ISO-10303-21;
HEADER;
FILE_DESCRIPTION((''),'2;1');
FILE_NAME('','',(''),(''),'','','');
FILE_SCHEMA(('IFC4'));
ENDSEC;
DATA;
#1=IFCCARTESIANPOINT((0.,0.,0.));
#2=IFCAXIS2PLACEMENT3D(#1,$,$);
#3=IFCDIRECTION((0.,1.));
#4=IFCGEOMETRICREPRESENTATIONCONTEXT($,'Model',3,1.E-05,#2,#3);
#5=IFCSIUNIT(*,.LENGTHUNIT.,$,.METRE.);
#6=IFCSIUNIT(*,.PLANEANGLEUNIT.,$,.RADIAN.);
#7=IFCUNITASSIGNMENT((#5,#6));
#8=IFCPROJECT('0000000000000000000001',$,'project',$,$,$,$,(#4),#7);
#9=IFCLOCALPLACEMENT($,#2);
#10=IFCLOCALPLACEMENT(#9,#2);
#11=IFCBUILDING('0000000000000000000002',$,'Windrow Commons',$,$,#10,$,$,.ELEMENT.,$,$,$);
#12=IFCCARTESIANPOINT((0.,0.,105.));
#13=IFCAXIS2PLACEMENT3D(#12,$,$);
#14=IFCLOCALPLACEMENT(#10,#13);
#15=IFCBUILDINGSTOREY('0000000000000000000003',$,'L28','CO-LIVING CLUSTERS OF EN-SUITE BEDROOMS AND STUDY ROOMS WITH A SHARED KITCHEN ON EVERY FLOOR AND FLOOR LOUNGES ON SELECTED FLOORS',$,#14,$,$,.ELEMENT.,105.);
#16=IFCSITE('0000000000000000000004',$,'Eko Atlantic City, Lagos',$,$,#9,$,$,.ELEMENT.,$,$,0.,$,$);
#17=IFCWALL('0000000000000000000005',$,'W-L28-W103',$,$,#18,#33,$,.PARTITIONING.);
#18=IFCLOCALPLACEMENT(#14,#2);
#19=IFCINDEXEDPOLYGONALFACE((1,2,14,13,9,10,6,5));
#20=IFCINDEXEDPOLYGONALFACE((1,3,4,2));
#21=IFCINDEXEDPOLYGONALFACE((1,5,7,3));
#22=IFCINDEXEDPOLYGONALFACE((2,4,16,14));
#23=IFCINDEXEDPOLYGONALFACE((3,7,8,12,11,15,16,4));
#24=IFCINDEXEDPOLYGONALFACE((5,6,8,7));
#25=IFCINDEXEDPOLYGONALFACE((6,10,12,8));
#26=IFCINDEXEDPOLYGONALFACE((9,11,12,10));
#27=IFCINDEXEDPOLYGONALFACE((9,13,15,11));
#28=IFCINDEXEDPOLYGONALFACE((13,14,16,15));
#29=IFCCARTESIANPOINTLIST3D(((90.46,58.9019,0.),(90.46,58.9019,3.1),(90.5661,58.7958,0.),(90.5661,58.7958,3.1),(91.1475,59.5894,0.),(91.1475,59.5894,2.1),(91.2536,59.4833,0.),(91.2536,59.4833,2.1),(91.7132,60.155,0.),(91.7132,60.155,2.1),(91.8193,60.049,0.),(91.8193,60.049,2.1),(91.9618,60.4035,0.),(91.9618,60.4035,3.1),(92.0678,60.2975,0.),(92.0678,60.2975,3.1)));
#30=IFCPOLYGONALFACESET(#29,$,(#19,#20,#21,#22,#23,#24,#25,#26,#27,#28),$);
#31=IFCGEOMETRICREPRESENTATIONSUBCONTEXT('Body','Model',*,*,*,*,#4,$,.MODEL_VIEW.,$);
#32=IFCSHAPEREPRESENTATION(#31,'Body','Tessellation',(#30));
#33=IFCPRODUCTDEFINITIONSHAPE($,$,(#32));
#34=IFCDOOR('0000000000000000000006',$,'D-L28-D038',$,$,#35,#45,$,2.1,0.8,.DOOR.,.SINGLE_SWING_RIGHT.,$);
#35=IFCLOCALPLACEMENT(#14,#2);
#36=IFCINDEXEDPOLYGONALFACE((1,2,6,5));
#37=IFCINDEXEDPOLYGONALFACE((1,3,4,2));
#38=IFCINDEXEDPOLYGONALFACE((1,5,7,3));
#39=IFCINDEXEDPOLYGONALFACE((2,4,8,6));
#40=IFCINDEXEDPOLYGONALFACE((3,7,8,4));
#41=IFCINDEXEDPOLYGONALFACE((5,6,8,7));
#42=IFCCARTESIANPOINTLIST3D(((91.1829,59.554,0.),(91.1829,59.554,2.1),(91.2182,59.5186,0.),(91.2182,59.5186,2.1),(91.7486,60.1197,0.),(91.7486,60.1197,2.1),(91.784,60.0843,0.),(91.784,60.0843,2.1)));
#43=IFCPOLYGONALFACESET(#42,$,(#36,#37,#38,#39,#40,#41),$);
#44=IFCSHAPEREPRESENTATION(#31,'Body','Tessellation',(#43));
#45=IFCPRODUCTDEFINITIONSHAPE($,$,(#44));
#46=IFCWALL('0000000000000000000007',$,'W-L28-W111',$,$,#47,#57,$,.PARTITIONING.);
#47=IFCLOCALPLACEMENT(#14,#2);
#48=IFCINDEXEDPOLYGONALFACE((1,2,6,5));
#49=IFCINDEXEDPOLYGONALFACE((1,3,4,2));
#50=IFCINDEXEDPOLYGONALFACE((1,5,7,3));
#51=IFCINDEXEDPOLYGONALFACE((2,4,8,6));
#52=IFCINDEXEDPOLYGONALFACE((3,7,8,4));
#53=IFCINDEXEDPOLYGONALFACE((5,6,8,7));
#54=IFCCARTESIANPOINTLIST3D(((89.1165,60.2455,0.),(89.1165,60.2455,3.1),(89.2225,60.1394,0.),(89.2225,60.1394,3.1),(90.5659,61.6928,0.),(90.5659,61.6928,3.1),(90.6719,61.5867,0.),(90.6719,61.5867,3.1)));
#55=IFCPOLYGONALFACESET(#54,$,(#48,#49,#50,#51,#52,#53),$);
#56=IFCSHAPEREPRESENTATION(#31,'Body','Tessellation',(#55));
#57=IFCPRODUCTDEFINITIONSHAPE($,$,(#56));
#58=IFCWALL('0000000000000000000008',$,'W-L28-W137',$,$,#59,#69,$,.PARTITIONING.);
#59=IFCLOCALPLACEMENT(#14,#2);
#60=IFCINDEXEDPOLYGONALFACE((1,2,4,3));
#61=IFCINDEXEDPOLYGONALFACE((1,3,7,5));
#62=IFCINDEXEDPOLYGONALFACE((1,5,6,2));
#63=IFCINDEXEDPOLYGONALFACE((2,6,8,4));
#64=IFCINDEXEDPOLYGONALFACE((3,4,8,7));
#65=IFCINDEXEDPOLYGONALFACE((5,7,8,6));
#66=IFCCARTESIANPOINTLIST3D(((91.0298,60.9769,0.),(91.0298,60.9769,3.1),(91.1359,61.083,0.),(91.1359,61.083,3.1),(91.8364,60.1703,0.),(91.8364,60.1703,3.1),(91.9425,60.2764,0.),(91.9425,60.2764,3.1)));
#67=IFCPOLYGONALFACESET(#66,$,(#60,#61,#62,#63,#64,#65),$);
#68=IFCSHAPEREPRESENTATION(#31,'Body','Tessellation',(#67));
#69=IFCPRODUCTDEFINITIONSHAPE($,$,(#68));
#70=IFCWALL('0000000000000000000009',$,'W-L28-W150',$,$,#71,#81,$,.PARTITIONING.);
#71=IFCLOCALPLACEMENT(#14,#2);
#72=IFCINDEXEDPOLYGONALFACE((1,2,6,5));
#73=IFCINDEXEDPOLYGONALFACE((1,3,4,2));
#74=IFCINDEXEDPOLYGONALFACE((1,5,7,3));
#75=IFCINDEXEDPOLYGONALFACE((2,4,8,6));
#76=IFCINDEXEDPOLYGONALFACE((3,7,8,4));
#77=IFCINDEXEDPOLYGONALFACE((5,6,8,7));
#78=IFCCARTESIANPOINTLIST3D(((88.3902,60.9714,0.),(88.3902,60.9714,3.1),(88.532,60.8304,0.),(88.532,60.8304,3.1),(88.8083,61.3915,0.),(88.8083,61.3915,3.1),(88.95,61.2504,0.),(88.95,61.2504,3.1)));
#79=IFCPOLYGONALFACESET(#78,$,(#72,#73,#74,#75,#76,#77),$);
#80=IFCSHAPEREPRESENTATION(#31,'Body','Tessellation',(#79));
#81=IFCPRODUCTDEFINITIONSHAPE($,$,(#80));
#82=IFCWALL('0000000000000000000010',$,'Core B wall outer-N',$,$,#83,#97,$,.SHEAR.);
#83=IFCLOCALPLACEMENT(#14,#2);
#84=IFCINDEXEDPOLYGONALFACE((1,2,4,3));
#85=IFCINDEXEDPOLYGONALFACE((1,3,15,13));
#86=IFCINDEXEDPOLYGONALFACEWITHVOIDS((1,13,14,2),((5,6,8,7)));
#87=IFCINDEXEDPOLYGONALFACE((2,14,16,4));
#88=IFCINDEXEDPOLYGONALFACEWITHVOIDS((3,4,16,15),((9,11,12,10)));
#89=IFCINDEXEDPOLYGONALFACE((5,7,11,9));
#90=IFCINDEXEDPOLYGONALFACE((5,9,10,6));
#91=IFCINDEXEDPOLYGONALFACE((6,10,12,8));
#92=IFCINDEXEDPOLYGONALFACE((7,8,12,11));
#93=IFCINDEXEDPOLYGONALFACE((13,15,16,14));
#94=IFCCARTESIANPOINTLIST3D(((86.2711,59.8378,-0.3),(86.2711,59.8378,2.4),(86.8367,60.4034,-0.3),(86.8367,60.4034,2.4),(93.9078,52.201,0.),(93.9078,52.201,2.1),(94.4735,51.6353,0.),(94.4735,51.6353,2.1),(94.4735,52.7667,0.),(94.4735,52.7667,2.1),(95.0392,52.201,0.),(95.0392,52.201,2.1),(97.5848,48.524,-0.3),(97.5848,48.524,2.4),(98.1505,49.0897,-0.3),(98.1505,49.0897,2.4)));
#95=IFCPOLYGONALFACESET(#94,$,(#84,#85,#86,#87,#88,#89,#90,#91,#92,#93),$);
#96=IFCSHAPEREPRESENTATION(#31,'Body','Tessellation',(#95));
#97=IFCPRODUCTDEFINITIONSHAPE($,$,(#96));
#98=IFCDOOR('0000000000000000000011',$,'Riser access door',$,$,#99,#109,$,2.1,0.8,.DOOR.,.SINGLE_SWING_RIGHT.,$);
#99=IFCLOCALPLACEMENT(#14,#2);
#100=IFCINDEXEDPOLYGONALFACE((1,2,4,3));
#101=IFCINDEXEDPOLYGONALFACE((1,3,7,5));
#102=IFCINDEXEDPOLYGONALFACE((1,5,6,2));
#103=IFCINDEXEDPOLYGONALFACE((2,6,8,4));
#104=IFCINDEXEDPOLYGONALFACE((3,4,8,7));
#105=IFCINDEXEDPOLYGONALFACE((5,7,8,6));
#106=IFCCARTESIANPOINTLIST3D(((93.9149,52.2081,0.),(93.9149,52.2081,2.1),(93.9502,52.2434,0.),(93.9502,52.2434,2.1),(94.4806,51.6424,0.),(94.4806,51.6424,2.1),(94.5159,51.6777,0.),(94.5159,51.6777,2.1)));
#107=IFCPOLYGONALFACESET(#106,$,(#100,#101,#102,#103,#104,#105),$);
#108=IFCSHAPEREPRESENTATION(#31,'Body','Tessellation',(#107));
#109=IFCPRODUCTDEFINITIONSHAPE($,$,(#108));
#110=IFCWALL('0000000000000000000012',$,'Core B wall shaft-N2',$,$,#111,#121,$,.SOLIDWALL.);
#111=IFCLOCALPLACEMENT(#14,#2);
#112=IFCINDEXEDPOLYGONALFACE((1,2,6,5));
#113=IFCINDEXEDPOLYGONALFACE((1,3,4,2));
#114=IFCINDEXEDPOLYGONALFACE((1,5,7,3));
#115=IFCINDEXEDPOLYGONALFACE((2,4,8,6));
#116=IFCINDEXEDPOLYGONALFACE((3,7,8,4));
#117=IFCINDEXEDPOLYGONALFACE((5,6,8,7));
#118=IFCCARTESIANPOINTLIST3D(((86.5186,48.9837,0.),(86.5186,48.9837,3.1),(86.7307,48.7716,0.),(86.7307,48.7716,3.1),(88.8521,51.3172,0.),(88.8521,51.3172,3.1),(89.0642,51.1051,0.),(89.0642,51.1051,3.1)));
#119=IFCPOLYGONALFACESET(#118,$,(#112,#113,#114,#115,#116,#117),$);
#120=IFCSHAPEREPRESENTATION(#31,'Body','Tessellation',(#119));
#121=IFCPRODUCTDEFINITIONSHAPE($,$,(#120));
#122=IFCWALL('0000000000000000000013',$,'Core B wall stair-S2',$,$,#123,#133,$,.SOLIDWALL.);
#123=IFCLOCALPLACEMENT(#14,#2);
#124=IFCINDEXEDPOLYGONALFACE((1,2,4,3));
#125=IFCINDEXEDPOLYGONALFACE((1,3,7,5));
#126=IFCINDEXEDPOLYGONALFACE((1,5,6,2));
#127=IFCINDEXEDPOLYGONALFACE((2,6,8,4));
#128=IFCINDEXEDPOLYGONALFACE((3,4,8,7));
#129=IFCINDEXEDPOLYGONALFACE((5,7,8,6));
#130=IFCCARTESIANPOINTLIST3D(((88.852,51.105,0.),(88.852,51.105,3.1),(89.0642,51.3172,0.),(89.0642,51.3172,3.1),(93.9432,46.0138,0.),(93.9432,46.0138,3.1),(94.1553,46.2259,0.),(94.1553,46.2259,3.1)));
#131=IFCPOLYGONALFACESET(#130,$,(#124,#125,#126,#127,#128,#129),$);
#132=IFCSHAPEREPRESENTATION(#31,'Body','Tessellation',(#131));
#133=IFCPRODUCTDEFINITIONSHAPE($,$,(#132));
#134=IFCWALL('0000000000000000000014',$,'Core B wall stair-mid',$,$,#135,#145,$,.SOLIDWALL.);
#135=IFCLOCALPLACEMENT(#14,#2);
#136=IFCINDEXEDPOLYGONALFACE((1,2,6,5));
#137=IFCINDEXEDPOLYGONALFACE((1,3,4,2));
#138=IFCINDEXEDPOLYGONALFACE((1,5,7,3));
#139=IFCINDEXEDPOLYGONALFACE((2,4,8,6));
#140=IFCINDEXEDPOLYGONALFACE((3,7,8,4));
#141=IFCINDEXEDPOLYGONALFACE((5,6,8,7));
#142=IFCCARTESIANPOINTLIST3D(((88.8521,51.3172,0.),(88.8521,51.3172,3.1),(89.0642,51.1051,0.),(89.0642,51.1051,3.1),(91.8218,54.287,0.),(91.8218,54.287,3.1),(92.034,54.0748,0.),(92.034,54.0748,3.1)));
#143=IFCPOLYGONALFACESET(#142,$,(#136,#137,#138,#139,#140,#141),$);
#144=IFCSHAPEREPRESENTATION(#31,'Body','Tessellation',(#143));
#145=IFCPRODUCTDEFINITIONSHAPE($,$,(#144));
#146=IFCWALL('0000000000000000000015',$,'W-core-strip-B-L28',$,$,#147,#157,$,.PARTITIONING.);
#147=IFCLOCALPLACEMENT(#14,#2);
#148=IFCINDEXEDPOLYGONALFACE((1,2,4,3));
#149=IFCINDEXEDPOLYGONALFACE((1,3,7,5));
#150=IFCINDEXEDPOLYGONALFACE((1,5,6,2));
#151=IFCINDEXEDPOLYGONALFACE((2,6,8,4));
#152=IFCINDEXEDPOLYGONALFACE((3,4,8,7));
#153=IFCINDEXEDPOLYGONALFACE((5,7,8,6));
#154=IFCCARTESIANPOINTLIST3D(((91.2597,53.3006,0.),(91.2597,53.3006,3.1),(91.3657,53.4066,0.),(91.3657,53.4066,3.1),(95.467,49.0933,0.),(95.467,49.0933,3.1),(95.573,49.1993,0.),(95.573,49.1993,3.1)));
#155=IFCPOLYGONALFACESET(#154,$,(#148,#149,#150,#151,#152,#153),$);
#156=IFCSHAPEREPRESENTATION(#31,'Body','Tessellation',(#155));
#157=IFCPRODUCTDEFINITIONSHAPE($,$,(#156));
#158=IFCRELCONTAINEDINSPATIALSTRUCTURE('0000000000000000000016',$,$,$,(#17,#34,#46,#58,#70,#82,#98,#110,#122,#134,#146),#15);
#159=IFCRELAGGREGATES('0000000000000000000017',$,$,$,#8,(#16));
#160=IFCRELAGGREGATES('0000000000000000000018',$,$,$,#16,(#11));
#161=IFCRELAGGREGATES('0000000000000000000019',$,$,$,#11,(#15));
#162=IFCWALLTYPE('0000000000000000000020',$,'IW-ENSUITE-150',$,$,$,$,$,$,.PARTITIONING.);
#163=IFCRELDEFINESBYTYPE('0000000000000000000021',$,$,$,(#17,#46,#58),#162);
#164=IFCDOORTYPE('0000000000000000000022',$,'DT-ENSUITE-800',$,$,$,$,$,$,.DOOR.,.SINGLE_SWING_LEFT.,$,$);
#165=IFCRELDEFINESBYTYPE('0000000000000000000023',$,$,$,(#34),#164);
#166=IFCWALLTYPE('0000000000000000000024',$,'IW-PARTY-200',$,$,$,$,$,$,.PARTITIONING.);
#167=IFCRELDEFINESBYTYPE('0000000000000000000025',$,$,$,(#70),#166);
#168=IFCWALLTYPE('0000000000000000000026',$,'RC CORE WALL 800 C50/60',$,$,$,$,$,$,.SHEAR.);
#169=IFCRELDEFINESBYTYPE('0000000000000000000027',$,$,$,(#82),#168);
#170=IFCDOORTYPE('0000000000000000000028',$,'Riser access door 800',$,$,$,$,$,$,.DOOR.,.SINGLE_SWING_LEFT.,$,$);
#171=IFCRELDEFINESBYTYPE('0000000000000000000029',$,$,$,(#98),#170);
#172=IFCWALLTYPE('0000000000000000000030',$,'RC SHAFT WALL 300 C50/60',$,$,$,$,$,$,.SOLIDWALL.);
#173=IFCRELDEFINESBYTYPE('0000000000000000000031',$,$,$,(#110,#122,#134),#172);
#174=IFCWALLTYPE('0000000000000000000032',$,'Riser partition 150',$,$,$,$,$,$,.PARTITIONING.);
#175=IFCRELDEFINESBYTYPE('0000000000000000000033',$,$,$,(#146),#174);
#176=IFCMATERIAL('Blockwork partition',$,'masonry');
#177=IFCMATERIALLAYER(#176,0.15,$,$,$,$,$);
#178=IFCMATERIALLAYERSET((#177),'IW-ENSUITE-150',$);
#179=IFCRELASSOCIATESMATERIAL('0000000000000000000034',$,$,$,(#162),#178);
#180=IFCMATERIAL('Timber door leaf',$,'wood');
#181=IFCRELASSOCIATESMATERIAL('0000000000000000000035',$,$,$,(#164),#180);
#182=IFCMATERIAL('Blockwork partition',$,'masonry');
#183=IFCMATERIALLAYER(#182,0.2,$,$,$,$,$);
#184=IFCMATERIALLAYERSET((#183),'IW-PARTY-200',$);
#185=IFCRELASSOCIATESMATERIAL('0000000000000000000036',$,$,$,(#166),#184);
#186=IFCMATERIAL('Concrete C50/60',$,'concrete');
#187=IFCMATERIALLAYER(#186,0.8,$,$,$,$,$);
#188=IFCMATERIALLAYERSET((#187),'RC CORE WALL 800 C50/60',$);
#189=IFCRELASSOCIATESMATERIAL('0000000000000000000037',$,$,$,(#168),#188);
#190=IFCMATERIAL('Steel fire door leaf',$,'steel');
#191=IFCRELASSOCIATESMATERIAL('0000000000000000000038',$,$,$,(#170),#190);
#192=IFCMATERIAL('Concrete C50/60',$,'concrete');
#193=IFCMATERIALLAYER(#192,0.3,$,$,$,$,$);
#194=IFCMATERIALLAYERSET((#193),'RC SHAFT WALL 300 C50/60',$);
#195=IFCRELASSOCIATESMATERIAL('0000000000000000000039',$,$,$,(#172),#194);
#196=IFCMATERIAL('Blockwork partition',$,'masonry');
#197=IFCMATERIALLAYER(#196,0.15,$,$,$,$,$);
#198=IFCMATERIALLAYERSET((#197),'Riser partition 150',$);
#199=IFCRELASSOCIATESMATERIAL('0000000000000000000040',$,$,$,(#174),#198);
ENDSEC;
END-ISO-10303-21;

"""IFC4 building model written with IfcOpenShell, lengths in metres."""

from ifc_helpers import new_model, si_unit, direction, frame, frame_2d, origin, place, context, subcontext, project, spatial, rectangle, extrude, material, layer, layer_set, type_object, element, fill, save


model = new_model("IFC4")

# Units and contexts
model_context = context("Model", 3, precision=1e-05, world=origin(), true_north=direction((0.0, 1.0)))
body_context = subcontext(model_context, "Body", "Model", "MODEL_VIEW")
ifc_project = project(units=[si_unit("LENGTHUNIT", "METRE"), si_unit("PLANEANGLEUNIT", "RADIAN")], contexts=[model_context])

# Site, building, storey
site_placement = place(None, origin())
site = spatial("IfcSite", under=ifc_project, at=site_placement, Name="Eko Atlantic City, Lagos", CompositionType="ELEMENT", RefElevation=0.0)
building_placement = place(site_placement, origin())
building = spatial("IfcBuilding", under=site, at=building_placement, Name="Windrow Commons", CompositionType="ELEMENT")
storey_placement = place(building_placement, frame((0.0, 0.0, 105.0)))
storey = spatial("IfcBuildingStorey", under=building, at=storey_placement, Name="L28", Description="CO-LIVING CLUSTERS OF EN-SUITE BEDROOMS AND STUDY ROOMS WITH A SHARED KITCHEN ON EVERY FLOOR AND FLOOR LOUNGES ON SELECTED FLOORS", CompositionType="ELEMENT", Elevation=105.0)

# Wall, opening, door
ifc_material_1 = material(Name="Blockwork partition", Category="masonry")
ifc_layer_1 = layer(ifc_material_1, 0.15)
ifc_layer_set_1 = layer_set([ifc_layer_1], Name="IW-ENSUITE-150")
wall_type_1 = type_object("IfcWallType", Name="IW-ENSUITE-150", PredefinedType="PARTITIONING", material=ifc_layer_set_1)
wall_1_placement = place(storey_placement, frame((90.5131, 58.8489, 0.0), z_axis=(0.0, 0.0, 1.0), x_axis=(0.70713, 0.707083, 0.0)))
wall_1 = element("IfcWall", 1, at=wall_1_placement, inside=storey, type_object=wall_type_1, Name="W-L28-W103", PredefinedType="PARTITIONING", context=body_context, shape_type="SweptSolid", body=[
    extrude(rectangle(XDim=2.1237, YDim=0.15, at=frame_2d((1.0618, 0.0))), origin(), (0.0, 0.0, 1.0), 3.1),
])
opening_1_placement = place(wall_1_placement, frame((0.9722, 0.0, 0.0)))
opening_1 = element("IfcOpeningElement", 2, at=opening_1_placement, cuts=wall_1, PredefinedType="OPENING", context=body_context, shape_type="SweptSolid", body=[
    extrude(rectangle(XDim=0.8, YDim=2.1, at=frame_2d((0.4, 1.05))), frame((0.0, 0.085, 0.0), z_axis=(0.0, -1.0, 0.0), x_axis=(1.0, 0.0, 0.0)), (0.0, 0.0, 1.0), 0.17),
])
ifc_material_2 = material(Name="Timber door leaf", Category="wood")
door_type_1 = type_object("IfcDoorType", Name="DT-ENSUITE-800", OperationType="SINGLE_SWING_LEFT", PredefinedType="DOOR", material=ifc_material_2)
door_1_placement = place(opening_1_placement, origin())
door_1 = element("IfcDoor", 3, at=door_1_placement, inside=storey, type_object=door_type_1, Name="D-L28-D038", OperationType="SINGLE_SWING_RIGHT", OverallHeight=2.1, OverallWidth=0.8, PredefinedType="DOOR", context=body_context, shape_type="SweptSolid", body=[
    extrude(rectangle(XDim=0.8, YDim=2.1, at=frame_2d((0.4, 1.05))), frame((0.0, 0.025, 0.0), z_axis=(0.0, -1.0, 0.0), x_axis=(1.0, 0.0, 0.0)), (0.0, 0.0, 1.0), 0.05),
])
fill(opening_1, door_1)

# Walls
wall_2_placement = place(storey_placement, frame((89.1695, 60.1925, 0.0), z_axis=(0.0, 0.0, 1.0), x_axis=(0.707644, 0.70657, 0.0)))
element("IfcWall", 4, at=wall_2_placement, inside=storey, type_object=wall_type_1, Name="W-L28-W111", PredefinedType="PARTITIONING", context=body_context, shape_type="SweptSolid", body=[
    extrude(rectangle(XDim=2.0483, YDim=0.15, at=frame_2d((1.0241, 0.0))), origin(), (0.0, 0.0, 1.0), 3.1),
])
wall_3_placement = place(storey_placement, frame((91.0828, 61.03, 0.0), z_axis=(0.0, 0.0, 1.0), x_axis=(0.707107, -0.707107, 0.0)))
element("IfcWall", 5, at=wall_3_placement, inside=storey, type_object=wall_type_1, Name="W-L28-W137", PredefinedType="PARTITIONING", context=body_context, shape_type="SweptSolid", body=[
    extrude(rectangle(XDim=1.1407, YDim=0.15, at=frame_2d((0.5704, 0.0))), origin(), (0.0, 0.0, 1.0), 3.1),
])
ifc_material_3 = material(Name="Blockwork partition", Category="masonry")
ifc_layer_2 = layer(ifc_material_3, 0.2)
ifc_layer_set_2 = layer_set([ifc_layer_2], Name="IW-PARTY-200")
wall_type_2 = type_object("IfcWallType", Name="IW-PARTY-200", PredefinedType="PARTITIONING", material=ifc_layer_set_2)
wall_4_placement = place(storey_placement, frame((88.4611, 60.9009, 0.0), z_axis=(0.0, 0.0, 1.0), x_axis=(0.705417, 0.708792, 0.0)))
element("IfcWall", 6, at=wall_4_placement, inside=storey, type_object=wall_type_2, Name="W-L28-W150", PredefinedType="PARTITIONING", context=body_context, shape_type="SweptSolid", body=[
    extrude(rectangle(XDim=0.5926, YDim=0.2, at=frame_2d((0.2963, 0.0))), origin(), (0.0, 0.0, 1.0), 3.1),
])

# Wall, opening, door
ifc_material_4 = material(Name="Concrete C50/60", Category="concrete")
ifc_layer_3 = layer(ifc_material_4, 0.8)
ifc_layer_set_3 = layer_set([ifc_layer_3], Name="RC CORE WALL 800 C50/60")
wall_type_3 = type_object("IfcWallType", Name="RC CORE WALL 800 C50/60", PredefinedType="SHEAR", material=ifc_layer_set_3)
wall_5_placement = place(storey_placement, frame((86.5539, 60.1206, -0.3), z_axis=(0.0, 0.0, 1.0), x_axis=(0.707107, -0.707107, 0.0)))
wall_5 = element("IfcWall", 7, at=wall_5_placement, inside=storey, type_object=wall_type_3, Name="Core B wall outer-N", PredefinedType="SHEAR", context=body_context, shape_type="SweptSolid", body=[
    extrude(rectangle(XDim=16.0, YDim=0.8, at=frame_2d((8.0, 0.0))), origin(), (0.0, 0.0, 1.0), 2.7),
])
opening_2_placement = place(wall_5_placement, frame((10.8, 0.0, 0.3)))
opening_2 = element("IfcOpeningElement", 8, at=opening_2_placement, cuts=wall_5, PredefinedType="OPENING", context=body_context, shape_type="SweptSolid", body=[
    extrude(rectangle(XDim=0.8, YDim=2.1, at=frame_2d((0.4, 1.05))), frame((0.0, 0.41, 0.0), z_axis=(0.0, -1.0, 0.0), x_axis=(1.0, 0.0, 0.0)), (0.0, 0.0, 1.0), 0.82),
])
ifc_material_5 = material(Name="Steel fire door leaf", Category="steel")
door_type_2 = type_object("IfcDoorType", Name="Riser access door 800", OperationType="SINGLE_SWING_LEFT", PredefinedType="DOOR", material=ifc_material_5)
door_2_placement = place(opening_2_placement, origin())
door_2 = element("IfcDoor", 9, at=door_2_placement, inside=storey, type_object=door_type_2, Name="Riser access door", OperationType="SINGLE_SWING_RIGHT", OverallHeight=2.1, OverallWidth=0.8, PredefinedType="DOOR", context=body_context, shape_type="SweptSolid", body=[
    extrude(rectangle(XDim=0.8, YDim=2.1, at=frame_2d((0.4, 1.05))), frame((0.0, -0.34, 0.0), z_axis=(0.0, -1.0, 0.0), x_axis=(1.0, 0.0, 0.0)), (0.0, 0.0, 1.0), 0.05),
])
fill(opening_2, door_2)

# Walls
ifc_material_6 = material(Name="Concrete C50/60", Category="concrete")
ifc_layer_4 = layer(ifc_material_6, 0.3)
ifc_layer_set_4 = layer_set([ifc_layer_4], Name="RC SHAFT WALL 300 C50/60")
wall_type_4 = type_object("IfcWallType", Name="RC SHAFT WALL 300 C50/60", PredefinedType="SOLIDWALL", material=ifc_layer_set_4)
wall_6_placement = place(storey_placement, frame((86.6246, 48.8776, 0.0), z_axis=(0.0, 0.0, 1.0), x_axis=(0.707107, 0.707107, 0.0)))
element("IfcWall", 10, at=wall_6_placement, inside=storey, type_object=wall_type_4, Name="Core B wall shaft-N2", PredefinedType="SOLIDWALL", context=body_context, shape_type="SweptSolid", body=[
    extrude(rectangle(XDim=3.3001, YDim=0.3, at=frame_2d((1.6501, 0.0))), origin(), (0.0, 0.0, 1.0), 3.1),
])
wall_7_placement = place(storey_placement, frame((88.9581, 51.2111, 0.0), z_axis=(0.0, 0.0, 1.0), x_axis=(0.7071, -0.707114, 0.0)))
element("IfcWall", 11, at=wall_7_placement, inside=storey, type_object=wall_type_4, Name="Core B wall stair-S2", PredefinedType="SOLIDWALL", context=body_context, shape_type="SweptSolid", body=[
    extrude(rectangle(XDim=7.2, YDim=0.3, at=frame_2d((3.6, 0.0))), origin(), (0.0, 0.0, 1.0), 3.1),
])
wall_8_placement = place(storey_placement, frame((88.9581, 51.2111, 0.0), z_axis=(0.0, 0.0, 1.0), x_axis=(0.707107, 0.707107, 0.0)))
element("IfcWall", 12, at=wall_8_placement, inside=storey, type_object=wall_type_4, Name="Core B wall stair-mid", PredefinedType="SOLIDWALL", context=body_context, shape_type="SweptSolid", body=[
    extrude(rectangle(XDim=4.1999, YDim=0.3, at=frame_2d((2.1, 0.0))), origin(), (0.0, 0.0, 1.0), 3.1),
])
ifc_material_7 = material(Name="Blockwork partition", Category="masonry")
ifc_layer_5 = layer(ifc_material_7, 0.15)
ifc_layer_set_5 = layer_set([ifc_layer_5], Name="Riser partition 150")
wall_type_5 = type_object("IfcWallType", Name="Riser partition 150", PredefinedType="PARTITIONING", material=ifc_layer_set_5)
wall_9_placement = place(storey_placement, frame((91.3127, 53.3536, 0.0), z_axis=(0.0, 0.0, 1.0), x_axis=(0.707107, -0.707107, 0.0)))
element("IfcWall", 13, at=wall_9_placement, inside=storey, type_object=wall_type_5, Name="W-core-strip-B-L28", PredefinedType="PARTITIONING", context=body_context, shape_type="SweptSolid", body=[
    extrude(rectangle(XDim=5.95, YDim=0.15, at=frame_2d((2.975, 0.0))), origin(), (0.0, 0.0, 1.0), 3.1),
])

save(model, "model.ifc")
